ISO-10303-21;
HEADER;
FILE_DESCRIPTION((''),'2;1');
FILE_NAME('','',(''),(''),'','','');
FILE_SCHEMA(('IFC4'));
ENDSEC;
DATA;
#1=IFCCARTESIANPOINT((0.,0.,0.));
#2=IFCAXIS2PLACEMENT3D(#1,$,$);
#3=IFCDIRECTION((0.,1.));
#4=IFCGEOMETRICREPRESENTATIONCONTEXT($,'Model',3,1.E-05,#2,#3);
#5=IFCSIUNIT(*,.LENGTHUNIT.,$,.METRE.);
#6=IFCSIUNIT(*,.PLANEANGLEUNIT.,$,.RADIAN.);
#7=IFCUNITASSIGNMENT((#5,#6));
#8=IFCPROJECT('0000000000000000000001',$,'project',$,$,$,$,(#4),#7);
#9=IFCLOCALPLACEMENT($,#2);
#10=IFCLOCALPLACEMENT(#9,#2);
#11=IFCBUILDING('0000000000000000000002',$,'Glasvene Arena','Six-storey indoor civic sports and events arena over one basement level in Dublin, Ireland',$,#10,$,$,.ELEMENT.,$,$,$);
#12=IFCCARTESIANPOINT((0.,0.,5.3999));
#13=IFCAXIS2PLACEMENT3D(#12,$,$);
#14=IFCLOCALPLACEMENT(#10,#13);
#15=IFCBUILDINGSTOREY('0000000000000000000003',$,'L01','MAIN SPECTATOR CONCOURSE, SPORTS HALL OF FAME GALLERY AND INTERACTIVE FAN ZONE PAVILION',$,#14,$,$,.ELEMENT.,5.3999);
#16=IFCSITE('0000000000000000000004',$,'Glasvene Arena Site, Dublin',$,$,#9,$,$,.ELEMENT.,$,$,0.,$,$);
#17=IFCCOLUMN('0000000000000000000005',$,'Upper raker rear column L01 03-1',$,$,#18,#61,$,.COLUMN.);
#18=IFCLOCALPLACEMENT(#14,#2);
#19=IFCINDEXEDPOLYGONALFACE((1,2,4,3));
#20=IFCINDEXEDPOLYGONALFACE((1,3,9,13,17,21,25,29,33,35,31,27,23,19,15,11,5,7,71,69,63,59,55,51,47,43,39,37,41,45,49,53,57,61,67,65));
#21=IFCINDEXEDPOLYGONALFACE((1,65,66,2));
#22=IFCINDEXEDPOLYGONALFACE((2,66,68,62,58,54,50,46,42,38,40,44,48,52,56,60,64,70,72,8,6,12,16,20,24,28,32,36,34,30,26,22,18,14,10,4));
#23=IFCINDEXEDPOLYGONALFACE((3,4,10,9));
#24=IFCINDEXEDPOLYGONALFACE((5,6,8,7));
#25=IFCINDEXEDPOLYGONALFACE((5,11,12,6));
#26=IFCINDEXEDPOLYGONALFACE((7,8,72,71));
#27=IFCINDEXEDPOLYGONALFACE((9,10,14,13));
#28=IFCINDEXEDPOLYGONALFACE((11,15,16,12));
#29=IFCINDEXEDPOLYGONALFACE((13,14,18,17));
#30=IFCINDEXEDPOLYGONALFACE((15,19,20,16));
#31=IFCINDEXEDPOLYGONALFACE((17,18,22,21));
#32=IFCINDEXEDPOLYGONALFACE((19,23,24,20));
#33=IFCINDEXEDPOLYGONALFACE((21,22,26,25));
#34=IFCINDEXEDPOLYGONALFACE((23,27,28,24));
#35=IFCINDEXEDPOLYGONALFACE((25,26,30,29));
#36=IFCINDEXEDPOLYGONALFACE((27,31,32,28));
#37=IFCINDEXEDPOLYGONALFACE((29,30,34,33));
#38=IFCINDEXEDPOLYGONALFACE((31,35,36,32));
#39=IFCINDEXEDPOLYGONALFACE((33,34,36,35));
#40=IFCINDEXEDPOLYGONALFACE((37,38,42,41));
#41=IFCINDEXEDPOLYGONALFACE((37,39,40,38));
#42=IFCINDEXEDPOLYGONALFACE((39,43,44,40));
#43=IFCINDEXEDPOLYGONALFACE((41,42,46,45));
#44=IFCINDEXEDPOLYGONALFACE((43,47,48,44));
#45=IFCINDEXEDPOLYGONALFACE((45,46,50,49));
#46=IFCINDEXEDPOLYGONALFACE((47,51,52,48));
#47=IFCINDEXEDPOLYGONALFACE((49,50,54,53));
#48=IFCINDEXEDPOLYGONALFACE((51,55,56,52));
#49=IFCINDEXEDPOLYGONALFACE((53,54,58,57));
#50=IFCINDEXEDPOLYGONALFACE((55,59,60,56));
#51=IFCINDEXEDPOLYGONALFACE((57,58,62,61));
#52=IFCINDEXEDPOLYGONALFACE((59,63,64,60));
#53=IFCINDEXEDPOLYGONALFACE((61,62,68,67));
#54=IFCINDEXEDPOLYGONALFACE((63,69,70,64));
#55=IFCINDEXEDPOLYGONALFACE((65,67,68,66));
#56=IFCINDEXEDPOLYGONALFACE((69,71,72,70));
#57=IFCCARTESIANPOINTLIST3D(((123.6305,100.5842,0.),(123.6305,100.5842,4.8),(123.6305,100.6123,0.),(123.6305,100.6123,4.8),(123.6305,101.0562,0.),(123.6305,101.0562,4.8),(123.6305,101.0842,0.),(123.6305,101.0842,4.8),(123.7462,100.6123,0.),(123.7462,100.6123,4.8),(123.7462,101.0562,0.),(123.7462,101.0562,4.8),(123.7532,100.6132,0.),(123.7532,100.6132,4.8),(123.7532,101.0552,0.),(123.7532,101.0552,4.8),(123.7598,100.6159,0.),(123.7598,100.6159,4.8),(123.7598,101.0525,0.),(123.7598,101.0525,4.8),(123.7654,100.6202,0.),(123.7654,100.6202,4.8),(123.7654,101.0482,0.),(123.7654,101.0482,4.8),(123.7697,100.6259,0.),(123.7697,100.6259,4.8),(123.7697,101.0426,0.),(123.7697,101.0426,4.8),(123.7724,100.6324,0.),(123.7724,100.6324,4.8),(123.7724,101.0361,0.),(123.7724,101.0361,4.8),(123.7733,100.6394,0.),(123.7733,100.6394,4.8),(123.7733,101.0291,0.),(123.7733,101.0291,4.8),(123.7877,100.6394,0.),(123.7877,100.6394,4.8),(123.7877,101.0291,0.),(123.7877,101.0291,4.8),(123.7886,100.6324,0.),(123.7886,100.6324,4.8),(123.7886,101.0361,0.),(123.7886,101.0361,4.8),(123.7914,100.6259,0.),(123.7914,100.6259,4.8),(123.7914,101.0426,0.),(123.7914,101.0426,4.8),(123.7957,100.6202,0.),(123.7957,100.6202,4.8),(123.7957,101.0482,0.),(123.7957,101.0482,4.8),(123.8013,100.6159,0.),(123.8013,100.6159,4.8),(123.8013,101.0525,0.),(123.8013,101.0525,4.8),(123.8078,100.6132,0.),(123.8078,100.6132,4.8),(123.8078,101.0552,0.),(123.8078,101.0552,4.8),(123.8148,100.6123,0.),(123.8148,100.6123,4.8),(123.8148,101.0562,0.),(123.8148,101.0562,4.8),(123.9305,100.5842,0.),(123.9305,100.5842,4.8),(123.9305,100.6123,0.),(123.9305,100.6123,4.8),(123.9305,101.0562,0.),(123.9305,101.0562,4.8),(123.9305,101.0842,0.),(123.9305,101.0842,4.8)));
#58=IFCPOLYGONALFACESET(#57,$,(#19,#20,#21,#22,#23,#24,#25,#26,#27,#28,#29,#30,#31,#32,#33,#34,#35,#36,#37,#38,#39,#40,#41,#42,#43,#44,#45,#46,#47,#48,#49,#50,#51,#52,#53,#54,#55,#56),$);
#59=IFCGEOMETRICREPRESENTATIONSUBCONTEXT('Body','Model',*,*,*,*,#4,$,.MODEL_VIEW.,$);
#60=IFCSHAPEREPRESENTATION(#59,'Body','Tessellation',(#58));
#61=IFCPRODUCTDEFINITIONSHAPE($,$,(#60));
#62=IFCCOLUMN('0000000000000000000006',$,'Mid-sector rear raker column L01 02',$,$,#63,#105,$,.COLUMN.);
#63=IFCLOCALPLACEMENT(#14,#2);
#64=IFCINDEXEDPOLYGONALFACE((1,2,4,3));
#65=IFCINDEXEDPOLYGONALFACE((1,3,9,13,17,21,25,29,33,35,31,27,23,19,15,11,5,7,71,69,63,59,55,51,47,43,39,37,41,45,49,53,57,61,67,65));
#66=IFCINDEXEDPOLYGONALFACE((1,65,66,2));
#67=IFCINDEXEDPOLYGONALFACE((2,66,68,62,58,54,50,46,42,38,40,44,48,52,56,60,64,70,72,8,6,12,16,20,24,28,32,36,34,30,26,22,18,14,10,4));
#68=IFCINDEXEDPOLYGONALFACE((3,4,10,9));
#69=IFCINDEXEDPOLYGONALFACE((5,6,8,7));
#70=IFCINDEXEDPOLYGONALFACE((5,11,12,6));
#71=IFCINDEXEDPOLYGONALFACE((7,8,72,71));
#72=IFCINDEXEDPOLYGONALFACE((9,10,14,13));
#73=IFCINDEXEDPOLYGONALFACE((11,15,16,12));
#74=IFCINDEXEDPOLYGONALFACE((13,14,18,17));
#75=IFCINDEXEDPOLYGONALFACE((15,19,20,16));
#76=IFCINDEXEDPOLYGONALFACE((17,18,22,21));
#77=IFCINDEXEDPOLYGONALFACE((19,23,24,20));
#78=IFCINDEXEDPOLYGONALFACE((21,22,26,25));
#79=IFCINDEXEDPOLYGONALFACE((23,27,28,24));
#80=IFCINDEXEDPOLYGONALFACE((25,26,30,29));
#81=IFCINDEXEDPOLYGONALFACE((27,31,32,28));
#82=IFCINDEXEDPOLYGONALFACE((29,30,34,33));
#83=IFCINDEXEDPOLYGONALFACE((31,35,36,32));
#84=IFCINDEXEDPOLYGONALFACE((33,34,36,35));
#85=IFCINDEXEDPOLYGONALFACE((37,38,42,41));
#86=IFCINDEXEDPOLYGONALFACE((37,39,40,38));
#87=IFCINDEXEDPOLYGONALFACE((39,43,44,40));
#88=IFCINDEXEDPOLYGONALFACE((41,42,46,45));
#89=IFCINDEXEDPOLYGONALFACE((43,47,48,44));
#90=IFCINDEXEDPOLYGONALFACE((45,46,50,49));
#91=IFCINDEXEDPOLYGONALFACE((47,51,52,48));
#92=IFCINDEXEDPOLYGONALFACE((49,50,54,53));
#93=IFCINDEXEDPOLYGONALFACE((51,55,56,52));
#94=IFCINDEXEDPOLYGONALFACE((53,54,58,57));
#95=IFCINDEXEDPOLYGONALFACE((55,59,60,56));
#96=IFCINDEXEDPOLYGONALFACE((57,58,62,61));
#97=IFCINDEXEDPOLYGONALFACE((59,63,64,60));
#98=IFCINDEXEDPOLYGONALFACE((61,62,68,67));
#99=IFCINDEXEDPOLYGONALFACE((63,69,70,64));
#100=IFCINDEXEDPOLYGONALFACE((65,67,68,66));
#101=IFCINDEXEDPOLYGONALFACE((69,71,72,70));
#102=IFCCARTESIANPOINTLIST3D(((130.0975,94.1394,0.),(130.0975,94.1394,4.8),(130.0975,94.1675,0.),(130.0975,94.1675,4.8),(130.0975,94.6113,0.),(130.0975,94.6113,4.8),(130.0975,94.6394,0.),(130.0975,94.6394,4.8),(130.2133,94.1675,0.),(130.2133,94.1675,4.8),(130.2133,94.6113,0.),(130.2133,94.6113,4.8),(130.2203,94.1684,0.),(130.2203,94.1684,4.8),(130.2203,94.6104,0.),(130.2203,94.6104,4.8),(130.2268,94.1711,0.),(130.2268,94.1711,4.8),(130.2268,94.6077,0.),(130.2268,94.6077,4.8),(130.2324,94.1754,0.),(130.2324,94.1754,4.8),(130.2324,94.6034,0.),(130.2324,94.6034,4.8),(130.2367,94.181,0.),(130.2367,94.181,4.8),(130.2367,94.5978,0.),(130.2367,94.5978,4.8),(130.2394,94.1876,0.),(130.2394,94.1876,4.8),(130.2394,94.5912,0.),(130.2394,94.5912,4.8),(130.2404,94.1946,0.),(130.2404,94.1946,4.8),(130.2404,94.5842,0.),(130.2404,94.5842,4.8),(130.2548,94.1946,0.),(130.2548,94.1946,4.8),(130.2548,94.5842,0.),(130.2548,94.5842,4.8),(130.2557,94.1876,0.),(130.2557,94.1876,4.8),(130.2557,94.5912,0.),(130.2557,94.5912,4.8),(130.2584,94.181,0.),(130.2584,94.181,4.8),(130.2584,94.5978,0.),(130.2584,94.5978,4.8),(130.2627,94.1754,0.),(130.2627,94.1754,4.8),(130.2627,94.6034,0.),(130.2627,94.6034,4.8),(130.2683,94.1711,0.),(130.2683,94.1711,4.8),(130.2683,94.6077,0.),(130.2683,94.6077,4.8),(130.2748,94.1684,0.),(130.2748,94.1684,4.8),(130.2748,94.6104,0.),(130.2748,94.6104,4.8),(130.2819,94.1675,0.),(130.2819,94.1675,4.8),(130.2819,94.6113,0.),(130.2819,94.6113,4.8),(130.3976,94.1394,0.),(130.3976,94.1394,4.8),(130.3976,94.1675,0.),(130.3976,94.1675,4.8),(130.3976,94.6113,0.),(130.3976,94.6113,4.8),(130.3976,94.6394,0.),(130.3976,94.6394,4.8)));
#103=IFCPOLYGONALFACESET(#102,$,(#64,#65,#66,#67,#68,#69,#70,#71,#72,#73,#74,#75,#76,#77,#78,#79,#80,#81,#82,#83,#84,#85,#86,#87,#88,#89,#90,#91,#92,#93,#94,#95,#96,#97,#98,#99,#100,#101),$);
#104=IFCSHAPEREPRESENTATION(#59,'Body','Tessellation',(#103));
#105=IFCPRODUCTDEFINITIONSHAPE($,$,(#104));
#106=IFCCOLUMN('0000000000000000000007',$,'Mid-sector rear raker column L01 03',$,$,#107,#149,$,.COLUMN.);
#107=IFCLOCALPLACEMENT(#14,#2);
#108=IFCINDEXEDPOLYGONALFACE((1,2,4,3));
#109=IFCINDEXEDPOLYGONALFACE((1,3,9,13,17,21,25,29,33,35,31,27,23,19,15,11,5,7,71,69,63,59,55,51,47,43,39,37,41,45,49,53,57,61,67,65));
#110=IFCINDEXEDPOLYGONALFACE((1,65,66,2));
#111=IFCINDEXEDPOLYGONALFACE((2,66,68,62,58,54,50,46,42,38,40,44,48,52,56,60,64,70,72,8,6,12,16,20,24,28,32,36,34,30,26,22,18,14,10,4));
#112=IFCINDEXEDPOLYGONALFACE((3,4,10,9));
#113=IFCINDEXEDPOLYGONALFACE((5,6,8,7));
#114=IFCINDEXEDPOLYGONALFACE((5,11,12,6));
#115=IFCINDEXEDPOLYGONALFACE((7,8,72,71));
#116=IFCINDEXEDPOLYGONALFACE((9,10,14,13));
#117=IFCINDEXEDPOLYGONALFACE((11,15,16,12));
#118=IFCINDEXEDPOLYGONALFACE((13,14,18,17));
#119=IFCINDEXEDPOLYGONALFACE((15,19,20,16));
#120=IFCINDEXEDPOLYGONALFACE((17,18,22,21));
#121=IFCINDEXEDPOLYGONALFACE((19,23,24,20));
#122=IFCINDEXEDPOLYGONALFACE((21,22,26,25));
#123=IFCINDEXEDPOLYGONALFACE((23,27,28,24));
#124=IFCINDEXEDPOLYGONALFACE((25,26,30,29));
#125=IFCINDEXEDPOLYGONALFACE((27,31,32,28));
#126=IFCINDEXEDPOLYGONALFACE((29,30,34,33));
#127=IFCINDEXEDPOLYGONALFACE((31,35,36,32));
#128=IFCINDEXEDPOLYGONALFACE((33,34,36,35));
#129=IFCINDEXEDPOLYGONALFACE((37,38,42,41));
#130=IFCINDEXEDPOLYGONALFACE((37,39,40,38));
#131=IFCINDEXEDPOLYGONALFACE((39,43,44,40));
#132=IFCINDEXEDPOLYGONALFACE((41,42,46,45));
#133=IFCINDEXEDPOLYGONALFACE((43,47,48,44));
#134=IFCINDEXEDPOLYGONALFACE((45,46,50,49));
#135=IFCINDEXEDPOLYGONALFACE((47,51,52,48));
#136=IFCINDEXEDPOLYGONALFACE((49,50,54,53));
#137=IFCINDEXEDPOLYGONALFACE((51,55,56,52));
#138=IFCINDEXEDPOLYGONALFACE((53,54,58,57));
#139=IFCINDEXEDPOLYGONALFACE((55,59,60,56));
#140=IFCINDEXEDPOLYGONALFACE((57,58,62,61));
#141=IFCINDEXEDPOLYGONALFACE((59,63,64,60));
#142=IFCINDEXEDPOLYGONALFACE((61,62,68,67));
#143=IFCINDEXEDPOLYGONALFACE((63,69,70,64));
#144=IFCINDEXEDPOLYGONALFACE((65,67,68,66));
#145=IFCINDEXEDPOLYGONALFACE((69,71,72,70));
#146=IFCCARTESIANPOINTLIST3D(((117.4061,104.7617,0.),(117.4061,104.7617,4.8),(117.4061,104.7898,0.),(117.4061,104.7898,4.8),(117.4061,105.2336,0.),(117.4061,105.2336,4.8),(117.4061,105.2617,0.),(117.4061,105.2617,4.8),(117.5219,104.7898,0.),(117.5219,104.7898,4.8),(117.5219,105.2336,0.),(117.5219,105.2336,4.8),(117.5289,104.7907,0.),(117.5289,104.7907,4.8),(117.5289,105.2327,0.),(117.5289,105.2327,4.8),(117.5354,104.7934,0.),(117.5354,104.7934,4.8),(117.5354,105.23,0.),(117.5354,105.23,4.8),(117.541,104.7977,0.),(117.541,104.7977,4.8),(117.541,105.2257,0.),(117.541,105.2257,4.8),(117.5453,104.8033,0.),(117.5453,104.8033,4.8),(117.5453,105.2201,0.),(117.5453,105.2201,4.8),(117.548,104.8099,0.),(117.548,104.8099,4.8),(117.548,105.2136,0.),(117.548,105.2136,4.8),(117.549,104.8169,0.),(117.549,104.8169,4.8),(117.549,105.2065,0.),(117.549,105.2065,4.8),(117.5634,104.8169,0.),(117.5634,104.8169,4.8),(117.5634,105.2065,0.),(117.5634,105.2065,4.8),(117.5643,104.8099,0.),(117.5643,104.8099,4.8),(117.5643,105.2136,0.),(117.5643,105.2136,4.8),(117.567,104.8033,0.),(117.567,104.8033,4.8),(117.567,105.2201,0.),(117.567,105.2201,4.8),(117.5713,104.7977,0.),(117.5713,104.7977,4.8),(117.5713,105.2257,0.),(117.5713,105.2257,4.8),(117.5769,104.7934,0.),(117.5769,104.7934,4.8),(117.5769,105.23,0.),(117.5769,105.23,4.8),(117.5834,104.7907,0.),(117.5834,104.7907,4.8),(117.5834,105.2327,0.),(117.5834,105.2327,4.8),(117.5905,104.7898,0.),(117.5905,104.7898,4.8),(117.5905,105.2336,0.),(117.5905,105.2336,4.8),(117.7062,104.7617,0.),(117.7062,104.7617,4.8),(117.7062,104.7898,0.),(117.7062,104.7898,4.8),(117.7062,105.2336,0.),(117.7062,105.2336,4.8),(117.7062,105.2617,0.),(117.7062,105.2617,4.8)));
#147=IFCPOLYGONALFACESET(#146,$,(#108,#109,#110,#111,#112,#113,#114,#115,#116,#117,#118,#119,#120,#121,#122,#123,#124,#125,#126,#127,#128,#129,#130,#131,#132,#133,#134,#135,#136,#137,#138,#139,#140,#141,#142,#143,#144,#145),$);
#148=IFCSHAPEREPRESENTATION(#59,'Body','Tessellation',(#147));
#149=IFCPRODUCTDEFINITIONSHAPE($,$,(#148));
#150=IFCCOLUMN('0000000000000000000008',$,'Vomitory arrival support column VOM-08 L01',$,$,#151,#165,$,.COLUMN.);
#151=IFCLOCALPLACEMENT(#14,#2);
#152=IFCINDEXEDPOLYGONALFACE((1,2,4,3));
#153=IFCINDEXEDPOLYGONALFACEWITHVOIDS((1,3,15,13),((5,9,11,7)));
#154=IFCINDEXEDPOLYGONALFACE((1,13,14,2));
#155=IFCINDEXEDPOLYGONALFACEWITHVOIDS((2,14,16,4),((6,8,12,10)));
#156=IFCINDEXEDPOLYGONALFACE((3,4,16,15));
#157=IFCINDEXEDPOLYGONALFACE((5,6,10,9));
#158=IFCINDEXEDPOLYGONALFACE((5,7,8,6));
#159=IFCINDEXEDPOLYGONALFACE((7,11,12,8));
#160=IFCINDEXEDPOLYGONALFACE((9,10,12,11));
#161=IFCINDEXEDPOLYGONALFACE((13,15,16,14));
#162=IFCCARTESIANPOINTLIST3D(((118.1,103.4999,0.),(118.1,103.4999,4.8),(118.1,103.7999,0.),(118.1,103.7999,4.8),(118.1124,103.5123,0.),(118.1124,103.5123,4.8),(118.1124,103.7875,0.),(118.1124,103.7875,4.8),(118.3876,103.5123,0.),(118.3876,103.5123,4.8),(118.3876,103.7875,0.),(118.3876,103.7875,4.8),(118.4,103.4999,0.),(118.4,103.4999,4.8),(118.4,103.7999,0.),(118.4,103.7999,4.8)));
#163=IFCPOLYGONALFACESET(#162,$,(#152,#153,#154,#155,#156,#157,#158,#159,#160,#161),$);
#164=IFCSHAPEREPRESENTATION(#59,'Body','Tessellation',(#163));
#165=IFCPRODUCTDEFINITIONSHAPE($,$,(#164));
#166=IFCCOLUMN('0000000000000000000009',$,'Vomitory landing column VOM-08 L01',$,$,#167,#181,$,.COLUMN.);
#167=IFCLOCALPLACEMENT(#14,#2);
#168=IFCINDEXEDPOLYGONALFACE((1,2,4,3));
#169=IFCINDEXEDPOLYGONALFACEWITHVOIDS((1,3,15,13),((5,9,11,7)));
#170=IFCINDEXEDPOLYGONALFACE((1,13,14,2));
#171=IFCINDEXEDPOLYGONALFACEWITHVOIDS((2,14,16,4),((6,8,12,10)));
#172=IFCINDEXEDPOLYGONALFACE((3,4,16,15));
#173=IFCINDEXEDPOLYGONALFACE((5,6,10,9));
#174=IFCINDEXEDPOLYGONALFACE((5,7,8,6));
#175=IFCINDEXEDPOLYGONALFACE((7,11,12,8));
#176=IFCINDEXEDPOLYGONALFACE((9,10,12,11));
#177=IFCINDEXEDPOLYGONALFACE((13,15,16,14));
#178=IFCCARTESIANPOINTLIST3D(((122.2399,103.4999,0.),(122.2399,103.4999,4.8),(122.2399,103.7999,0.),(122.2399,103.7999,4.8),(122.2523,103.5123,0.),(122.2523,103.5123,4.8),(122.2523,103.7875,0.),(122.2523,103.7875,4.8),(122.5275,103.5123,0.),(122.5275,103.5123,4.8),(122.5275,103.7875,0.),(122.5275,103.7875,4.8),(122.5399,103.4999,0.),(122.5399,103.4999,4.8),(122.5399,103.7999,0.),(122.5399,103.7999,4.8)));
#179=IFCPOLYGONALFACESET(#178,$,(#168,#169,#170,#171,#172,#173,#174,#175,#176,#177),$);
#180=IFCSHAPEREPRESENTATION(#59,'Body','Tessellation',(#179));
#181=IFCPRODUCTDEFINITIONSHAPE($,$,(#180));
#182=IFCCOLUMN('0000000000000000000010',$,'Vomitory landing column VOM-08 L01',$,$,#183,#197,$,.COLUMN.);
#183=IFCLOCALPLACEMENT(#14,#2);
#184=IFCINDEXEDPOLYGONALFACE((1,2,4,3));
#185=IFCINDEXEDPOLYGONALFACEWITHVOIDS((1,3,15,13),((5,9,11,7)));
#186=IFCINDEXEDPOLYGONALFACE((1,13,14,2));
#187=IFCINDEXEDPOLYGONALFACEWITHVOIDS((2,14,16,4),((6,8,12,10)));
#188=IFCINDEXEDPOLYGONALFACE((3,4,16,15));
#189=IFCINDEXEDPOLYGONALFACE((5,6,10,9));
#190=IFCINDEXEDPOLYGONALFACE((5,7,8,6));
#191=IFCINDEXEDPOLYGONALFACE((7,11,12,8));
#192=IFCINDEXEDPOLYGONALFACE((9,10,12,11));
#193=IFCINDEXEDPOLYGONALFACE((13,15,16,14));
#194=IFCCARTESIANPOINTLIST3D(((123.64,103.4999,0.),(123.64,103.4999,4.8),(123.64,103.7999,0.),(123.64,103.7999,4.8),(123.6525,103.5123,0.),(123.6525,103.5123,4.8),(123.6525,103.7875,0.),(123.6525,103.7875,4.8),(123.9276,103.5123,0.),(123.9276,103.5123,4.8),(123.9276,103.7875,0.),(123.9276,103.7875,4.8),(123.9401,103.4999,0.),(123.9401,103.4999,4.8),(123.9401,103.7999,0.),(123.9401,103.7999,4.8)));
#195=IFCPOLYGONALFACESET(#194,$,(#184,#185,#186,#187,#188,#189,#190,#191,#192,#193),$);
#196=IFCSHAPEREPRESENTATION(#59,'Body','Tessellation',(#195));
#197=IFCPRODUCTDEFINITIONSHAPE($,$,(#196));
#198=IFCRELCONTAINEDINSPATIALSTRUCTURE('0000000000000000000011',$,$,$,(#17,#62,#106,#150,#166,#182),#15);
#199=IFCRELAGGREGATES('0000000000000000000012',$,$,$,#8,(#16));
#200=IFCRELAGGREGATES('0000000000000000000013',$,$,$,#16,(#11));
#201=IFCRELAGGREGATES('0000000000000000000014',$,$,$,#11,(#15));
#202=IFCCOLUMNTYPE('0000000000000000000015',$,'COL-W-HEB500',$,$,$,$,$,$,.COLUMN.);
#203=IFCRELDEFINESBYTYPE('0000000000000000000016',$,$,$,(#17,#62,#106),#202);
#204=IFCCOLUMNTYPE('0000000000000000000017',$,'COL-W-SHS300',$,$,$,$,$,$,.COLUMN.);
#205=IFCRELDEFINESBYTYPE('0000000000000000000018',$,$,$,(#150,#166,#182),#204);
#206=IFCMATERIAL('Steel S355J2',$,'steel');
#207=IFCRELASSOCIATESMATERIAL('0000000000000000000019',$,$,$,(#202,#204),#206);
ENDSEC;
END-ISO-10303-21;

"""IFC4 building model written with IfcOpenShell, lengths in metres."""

from ifc_helpers import new_model, si_unit, direction, frame, origin, origin_2d, place, context, subcontext, project, spatial, hollow_rectangle, i_section, extrude, material, material_profile, profile_set, type_object, element, save


model = new_model("IFC4")

# Units and contexts
model_context = context("Model", 3, precision=1e-05, world=origin(), true_north=direction((0.0, 1.0)))
body_context = subcontext(model_context, "Body", "Model", "MODEL_VIEW")
ifc_project = project(units=[si_unit("LENGTHUNIT", "METRE"), si_unit("PLANEANGLEUNIT", "RADIAN")], contexts=[model_context])

# Site, building, storey
site_placement = place(None, origin())
site = spatial("IfcSite", under=ifc_project, at=site_placement, Name="Glasvene Arena Site, Dublin", CompositionType="ELEMENT", RefElevation=0.0)
building_placement = place(site_placement, origin())
building = spatial("IfcBuilding", under=site, at=building_placement, Name="Glasvene Arena", Description="Six-storey indoor civic sports and events arena over one basement level in Dublin, Ireland", CompositionType="ELEMENT")
storey_placement = place(building_placement, frame((0.0, 0.0, 5.3999)))
storey = spatial("IfcBuildingStorey", under=building, at=storey_placement, Name="L01", Description="MAIN SPECTATOR CONCOURSE, SPORTS HALL OF FAME GALLERY AND INTERACTIVE FAN ZONE PAVILION", CompositionType="ELEMENT", Elevation=5.3999)

# Columns
ifc_material_1 = material(Name="Steel S355J2", Category="steel")
ifc_material_profile_1 = material_profile(ifc_material_1, i_section(OverallWidth=0.3, OverallDepth=0.5, WebThickness=0.0144, FlangeThickness=0.0281, FilletRadius=0.0271, at=origin_2d()), Name="HEB 500")
ifc_profile_set_1 = profile_set([ifc_material_profile_1], Name="Steel S355J2")
column_type_1 = type_object("IfcColumnType", Name="COL-W-HEB500", PredefinedType="COLUMN", material=ifc_profile_set_1)
for number, where, z_axis, x_axis, name in (
    (1, (123.7805, 100.8342, 0.0), (0.0, 0.0, 1.0), (1.0, 0.0, 0.0), "Upper raker rear column L01 03-1"),
    (2, (130.2476, 94.3894, 0.0), (0.0, 0.0, 1.0), (1.0, 0.0, 0.0), "Mid-sector rear raker column L01 02"),
    (3, (117.5562, 105.0117, 0.0), (0.0, 0.0, 1.0), (1.0, 0.0, 0.0), "Mid-sector rear raker column L01 03"),
):
    element("IfcColumn", number, at=place(storey_placement, frame(where, z_axis=z_axis, x_axis=x_axis)), inside=storey, type_object=column_type_1, Name=name, PredefinedType="COLUMN", context=body_context, shape_type="SweptSolid", body=[
        extrude(i_section(OverallWidth=0.3, OverallDepth=0.5, WebThickness=0.0144, FlangeThickness=0.0281, FilletRadius=0.0271, at=origin_2d()), origin(), (0.0, 0.0, 1.0), 4.8),
    ])
ifc_material_profile_2 = material_profile(ifc_material_1, hollow_rectangle(XDim=0.3, YDim=0.3, WallThickness=0.0125, at=origin_2d()), Name="SHS 300x300x12.5")
ifc_profile_set_2 = profile_set([ifc_material_profile_2], Name="Steel S355J2")
column_type_2 = type_object("IfcColumnType", Name="COL-W-SHS300", PredefinedType="COLUMN", material=ifc_profile_set_2)
for number, where, z_axis, x_axis, name in (
    (4, (118.25, 103.6499, 0.0), (0.0, 0.0, 1.0), (1.0, 0.0, 0.0), "Vomitory arrival support column VOM-08 L01"),
    (5, (122.3899, 103.6499, 0.0), (0.0, 0.0, 1.0), (1.0, 0.0, 0.0), "Vomitory landing column VOM-08 L01"),
    (6, (123.79, 103.6499, 0.0), (0.0, 0.0, 1.0), (1.0, 0.0, 0.0), "Vomitory landing column VOM-08 L01"),
):
    element("IfcColumn", number, at=place(storey_placement, frame(where, z_axis=z_axis, x_axis=x_axis)), inside=storey, type_object=column_type_2, Name=name, PredefinedType="COLUMN", context=body_context, shape_type="SweptSolid", body=[
        extrude(hollow_rectangle(XDim=0.3, YDim=0.3, WallThickness=0.0125, at=origin_2d()), origin(), (0.0, 0.0, 1.0), 4.8),
    ])

save(model, "model.ifc")
